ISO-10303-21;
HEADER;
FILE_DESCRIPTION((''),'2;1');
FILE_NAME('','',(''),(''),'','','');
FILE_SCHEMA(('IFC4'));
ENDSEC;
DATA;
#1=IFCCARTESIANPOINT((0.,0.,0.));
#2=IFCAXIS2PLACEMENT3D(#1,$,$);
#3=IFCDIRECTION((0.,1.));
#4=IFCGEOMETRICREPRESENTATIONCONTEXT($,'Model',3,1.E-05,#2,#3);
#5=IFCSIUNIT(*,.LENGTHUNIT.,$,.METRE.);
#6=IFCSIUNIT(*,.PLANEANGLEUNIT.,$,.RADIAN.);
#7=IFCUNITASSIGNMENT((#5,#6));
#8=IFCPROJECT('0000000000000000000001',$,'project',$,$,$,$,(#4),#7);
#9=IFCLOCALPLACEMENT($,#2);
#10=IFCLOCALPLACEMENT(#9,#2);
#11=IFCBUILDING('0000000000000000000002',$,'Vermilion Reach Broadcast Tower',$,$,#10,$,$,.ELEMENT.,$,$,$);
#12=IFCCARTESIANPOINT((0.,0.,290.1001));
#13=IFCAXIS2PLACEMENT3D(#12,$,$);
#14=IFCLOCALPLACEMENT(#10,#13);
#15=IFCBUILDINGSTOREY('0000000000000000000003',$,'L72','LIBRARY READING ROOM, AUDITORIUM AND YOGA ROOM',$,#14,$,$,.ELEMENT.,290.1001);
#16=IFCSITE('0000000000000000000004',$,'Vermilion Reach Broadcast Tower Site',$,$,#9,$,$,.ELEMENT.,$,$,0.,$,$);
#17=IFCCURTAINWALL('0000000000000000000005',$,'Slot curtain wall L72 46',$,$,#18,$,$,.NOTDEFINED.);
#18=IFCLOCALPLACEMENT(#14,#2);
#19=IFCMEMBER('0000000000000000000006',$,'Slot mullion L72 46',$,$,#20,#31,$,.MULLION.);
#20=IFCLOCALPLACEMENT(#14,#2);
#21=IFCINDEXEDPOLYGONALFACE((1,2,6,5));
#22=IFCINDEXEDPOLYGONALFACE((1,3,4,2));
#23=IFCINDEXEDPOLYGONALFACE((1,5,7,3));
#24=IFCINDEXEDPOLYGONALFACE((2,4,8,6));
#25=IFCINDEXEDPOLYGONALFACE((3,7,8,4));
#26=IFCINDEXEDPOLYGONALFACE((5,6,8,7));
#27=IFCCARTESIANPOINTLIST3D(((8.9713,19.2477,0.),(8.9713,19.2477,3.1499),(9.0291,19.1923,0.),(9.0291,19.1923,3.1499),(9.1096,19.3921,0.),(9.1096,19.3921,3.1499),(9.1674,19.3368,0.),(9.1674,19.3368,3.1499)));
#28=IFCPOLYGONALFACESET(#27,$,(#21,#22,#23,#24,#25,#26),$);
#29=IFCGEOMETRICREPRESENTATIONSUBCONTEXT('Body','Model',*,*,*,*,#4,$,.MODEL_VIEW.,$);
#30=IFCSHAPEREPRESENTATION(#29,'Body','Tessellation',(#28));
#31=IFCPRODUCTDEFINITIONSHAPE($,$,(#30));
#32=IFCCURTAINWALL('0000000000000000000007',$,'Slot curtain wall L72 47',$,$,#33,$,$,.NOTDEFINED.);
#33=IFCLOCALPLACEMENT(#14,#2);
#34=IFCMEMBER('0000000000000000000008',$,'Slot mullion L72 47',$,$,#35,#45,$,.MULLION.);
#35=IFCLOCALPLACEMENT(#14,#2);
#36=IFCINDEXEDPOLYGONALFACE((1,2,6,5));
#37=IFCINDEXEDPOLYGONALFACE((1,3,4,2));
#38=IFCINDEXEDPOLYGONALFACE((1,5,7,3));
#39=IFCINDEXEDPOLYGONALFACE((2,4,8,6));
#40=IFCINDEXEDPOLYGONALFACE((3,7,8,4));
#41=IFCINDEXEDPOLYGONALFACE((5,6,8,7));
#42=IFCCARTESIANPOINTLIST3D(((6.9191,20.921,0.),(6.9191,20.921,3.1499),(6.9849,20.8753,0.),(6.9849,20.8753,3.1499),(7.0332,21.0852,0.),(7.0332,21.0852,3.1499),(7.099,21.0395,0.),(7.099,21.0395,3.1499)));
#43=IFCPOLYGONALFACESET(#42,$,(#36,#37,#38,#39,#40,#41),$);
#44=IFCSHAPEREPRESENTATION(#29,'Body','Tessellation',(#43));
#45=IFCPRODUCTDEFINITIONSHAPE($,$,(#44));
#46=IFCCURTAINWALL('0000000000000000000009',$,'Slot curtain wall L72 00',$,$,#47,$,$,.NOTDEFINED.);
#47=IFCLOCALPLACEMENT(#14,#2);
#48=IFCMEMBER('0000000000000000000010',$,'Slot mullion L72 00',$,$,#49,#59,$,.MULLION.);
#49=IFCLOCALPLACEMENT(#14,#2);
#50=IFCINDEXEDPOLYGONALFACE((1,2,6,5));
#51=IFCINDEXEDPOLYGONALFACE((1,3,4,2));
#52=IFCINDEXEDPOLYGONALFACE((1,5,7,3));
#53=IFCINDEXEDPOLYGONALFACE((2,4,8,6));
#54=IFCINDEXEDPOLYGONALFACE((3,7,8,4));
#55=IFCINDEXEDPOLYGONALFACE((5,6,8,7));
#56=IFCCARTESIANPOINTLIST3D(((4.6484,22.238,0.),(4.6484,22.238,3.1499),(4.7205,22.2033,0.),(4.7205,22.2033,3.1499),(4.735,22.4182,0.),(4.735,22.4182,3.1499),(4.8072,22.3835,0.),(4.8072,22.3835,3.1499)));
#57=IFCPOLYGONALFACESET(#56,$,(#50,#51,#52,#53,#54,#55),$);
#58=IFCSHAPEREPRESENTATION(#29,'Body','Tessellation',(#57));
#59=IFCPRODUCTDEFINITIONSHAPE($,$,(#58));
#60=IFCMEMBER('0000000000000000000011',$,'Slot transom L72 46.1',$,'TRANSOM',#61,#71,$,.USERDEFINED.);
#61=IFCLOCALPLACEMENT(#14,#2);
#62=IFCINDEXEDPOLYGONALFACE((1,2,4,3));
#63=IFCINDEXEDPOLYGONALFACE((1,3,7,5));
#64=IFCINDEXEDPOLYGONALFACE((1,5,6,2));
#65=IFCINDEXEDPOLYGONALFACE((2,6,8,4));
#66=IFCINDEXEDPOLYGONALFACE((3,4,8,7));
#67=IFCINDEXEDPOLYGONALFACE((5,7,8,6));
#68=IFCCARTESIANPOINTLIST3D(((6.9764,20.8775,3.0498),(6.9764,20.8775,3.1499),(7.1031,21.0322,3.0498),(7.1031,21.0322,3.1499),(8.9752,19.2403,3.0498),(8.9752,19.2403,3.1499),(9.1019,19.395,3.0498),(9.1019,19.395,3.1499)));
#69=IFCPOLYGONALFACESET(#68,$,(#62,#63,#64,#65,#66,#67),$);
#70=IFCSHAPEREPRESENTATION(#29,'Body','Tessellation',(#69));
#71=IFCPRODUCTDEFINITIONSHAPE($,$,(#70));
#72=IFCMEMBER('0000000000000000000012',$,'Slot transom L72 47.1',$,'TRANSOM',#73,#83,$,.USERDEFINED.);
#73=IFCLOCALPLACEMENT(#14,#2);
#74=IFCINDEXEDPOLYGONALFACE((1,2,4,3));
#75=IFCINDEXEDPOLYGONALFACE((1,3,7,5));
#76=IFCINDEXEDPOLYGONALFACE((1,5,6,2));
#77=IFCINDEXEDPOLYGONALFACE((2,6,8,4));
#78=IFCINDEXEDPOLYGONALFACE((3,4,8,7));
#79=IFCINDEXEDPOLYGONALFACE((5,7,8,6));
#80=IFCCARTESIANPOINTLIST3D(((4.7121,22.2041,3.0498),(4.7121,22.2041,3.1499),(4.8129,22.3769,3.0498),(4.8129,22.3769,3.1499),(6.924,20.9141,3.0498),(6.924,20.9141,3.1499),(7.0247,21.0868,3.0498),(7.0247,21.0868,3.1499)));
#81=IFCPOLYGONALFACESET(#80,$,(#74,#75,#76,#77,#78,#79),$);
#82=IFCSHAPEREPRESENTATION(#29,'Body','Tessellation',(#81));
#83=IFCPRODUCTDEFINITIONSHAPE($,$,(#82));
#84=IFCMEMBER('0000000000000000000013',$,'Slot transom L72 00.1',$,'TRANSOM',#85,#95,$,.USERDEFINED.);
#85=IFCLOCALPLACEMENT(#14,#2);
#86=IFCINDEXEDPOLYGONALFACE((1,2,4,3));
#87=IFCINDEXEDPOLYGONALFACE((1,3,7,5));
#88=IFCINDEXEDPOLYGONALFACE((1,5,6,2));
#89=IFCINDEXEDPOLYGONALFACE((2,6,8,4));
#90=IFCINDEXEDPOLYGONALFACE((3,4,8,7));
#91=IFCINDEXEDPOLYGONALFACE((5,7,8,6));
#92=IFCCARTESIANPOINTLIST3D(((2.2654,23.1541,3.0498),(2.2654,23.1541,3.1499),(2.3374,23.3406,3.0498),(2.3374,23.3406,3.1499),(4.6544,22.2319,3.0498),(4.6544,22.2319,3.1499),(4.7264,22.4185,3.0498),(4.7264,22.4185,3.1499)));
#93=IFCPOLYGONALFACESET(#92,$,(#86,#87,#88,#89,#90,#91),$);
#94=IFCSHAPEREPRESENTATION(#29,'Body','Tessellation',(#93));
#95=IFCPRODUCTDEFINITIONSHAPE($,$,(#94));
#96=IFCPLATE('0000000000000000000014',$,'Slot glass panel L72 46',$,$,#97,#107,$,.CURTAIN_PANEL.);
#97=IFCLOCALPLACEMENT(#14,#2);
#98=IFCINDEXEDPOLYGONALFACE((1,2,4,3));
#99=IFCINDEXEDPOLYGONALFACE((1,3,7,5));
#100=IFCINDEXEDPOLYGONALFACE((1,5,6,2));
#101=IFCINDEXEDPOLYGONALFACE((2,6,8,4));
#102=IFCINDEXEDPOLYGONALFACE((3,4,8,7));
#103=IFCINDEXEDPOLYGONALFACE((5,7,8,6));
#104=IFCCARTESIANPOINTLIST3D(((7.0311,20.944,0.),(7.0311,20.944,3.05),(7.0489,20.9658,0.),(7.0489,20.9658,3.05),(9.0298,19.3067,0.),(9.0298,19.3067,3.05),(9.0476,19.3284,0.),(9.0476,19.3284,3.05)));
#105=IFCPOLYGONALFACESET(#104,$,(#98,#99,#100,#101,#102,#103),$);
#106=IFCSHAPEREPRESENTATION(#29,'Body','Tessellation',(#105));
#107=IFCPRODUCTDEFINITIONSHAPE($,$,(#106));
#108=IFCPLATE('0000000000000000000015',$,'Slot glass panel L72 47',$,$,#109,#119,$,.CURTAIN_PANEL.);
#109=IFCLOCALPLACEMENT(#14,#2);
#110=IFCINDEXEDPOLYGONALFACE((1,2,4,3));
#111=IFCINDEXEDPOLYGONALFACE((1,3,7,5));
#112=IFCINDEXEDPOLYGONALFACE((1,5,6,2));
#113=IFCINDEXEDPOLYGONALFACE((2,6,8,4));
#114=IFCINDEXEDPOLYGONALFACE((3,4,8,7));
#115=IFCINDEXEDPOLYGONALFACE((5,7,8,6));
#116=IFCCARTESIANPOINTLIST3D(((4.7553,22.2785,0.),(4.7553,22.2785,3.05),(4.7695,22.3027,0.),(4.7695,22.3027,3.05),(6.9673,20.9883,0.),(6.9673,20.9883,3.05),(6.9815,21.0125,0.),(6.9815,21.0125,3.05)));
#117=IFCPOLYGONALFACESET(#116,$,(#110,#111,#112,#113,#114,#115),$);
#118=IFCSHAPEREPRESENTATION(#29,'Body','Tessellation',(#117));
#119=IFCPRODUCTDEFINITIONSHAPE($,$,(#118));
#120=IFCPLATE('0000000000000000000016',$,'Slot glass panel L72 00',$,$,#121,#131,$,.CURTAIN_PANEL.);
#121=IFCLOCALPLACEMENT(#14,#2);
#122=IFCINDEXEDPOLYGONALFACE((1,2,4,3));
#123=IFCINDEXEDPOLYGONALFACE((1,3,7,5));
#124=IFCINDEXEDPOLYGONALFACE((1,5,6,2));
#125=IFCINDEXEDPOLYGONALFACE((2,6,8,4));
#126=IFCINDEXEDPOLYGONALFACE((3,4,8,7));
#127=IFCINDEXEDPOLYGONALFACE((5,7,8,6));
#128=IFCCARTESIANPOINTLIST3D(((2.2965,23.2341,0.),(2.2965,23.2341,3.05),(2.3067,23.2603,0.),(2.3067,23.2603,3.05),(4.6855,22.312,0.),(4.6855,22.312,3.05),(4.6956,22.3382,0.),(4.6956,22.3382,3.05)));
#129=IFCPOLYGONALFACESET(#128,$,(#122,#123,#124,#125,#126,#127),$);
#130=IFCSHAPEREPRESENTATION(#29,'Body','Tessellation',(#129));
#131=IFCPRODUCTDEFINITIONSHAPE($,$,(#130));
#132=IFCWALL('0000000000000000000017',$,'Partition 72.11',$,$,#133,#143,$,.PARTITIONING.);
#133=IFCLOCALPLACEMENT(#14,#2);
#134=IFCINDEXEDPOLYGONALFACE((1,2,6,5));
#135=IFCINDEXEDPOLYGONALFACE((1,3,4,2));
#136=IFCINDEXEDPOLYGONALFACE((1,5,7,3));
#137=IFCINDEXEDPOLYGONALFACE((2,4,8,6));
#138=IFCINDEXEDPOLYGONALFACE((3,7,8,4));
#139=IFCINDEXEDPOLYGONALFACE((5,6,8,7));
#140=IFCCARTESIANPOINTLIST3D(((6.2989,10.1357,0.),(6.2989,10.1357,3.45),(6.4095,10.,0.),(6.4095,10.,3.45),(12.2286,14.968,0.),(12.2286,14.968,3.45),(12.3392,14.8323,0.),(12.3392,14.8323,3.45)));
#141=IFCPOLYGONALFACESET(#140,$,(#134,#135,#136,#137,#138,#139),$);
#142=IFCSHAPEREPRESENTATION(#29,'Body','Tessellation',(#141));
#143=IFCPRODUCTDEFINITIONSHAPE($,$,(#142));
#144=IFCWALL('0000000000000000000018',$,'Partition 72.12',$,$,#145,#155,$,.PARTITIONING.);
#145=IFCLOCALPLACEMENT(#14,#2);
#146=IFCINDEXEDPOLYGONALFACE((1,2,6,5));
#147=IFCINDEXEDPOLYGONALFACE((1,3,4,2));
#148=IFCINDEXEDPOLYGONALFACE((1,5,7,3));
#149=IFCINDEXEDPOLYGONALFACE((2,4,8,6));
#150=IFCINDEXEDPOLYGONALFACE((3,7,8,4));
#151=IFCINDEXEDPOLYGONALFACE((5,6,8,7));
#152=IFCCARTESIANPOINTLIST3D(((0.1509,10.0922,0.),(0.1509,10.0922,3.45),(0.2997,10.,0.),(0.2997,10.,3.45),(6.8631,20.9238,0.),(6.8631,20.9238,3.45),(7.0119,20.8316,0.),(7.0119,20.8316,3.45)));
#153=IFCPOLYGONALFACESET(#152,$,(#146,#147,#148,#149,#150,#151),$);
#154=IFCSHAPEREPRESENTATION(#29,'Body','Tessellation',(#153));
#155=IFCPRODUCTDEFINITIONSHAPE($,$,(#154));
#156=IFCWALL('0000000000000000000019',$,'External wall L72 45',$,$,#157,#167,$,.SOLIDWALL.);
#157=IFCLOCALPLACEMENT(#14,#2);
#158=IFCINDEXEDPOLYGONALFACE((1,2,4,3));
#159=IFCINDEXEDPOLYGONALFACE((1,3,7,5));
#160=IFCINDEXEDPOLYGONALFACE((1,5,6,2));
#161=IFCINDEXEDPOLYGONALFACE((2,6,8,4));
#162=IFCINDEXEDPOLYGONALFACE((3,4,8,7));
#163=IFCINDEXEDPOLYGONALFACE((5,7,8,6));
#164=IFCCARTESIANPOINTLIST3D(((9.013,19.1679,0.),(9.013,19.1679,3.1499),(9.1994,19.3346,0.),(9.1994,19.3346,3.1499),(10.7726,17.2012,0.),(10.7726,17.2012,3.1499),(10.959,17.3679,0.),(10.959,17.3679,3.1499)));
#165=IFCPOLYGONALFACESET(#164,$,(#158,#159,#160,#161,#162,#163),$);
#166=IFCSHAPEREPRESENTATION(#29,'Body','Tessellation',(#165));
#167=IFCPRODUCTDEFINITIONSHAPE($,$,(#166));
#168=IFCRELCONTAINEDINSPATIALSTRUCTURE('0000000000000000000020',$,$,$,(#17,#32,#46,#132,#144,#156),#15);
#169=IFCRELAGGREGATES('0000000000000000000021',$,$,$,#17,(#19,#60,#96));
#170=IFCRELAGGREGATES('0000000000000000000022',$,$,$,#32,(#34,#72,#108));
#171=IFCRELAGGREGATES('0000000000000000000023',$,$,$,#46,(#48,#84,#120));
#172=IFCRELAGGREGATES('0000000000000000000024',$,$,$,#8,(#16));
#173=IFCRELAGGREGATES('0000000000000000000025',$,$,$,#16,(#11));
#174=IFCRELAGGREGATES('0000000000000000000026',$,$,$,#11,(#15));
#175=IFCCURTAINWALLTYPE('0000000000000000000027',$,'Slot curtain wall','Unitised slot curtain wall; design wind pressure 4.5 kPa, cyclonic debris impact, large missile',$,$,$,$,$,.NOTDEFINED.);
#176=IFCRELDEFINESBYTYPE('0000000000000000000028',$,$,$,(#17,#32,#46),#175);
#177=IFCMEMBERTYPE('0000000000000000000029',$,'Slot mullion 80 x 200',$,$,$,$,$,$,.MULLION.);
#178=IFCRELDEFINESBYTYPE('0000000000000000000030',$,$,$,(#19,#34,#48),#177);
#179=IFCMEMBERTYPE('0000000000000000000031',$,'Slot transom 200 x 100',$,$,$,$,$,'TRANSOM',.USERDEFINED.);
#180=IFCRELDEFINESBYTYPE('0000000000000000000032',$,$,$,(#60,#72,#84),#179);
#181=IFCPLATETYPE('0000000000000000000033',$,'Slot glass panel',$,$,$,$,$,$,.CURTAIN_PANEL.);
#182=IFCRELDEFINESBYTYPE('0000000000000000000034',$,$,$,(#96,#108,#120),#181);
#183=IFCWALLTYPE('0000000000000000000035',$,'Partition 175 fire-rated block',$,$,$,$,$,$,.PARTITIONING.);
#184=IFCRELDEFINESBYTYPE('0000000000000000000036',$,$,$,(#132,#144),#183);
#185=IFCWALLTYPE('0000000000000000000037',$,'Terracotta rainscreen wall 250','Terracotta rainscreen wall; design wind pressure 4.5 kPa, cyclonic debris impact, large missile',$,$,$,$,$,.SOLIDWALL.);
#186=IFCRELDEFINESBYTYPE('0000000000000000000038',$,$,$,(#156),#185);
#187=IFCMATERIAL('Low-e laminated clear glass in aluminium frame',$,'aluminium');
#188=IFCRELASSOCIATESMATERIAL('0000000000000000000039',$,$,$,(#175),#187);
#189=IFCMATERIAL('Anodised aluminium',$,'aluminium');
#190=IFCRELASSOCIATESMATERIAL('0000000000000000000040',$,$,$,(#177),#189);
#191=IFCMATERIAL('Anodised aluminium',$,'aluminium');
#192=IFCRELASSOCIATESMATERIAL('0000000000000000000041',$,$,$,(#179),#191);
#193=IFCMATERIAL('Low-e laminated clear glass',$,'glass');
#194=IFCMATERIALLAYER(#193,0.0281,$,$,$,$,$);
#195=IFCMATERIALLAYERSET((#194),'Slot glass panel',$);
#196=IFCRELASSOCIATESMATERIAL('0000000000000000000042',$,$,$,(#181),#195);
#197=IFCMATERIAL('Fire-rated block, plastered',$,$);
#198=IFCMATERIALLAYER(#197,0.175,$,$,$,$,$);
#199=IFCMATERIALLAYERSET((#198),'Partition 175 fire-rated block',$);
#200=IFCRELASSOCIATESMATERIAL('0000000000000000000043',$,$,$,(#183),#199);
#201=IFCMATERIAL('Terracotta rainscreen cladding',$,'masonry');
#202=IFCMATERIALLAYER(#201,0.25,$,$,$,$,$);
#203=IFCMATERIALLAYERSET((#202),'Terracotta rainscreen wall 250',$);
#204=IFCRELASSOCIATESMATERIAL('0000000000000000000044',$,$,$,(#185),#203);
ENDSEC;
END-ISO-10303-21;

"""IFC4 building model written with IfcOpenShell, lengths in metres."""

from ifc_helpers import new_model, si_unit, direction, frame, frame_2d, origin, origin_2d, place, context, subcontext, project, spatial, rectangle, extrude, material, layer, layer_set, material_profile, profile_set, type_object, element, aggregate, save


model = new_model("IFC4")

# Units and contexts
model_context = context("Model", 3, precision=1e-05, world=origin(), true_north=direction((0.0, 1.0)))
body_context = subcontext(model_context, "Body", "Model", "MODEL_VIEW")
ifc_project = project(units=[si_unit("LENGTHUNIT", "METRE"), si_unit("PLANEANGLEUNIT", "RADIAN")], contexts=[model_context])

# Site, building, storey
site_placement = place(None, origin())
site = spatial("IfcSite", under=ifc_project, at=site_placement, Name="Vermilion Reach Broadcast Tower Site", CompositionType="ELEMENT", RefElevation=0.0)
building_placement = place(site_placement, origin())
building = spatial("IfcBuilding", under=site, at=building_placement, Name="Vermilion Reach Broadcast Tower", CompositionType="ELEMENT")
storey_placement = place(building_placement, frame((0.0, 0.0, 290.1001)))
storey = spatial("IfcBuildingStorey", under=building, at=storey_placement, Name="L72", Description="LIBRARY READING ROOM, AUDITORIUM AND YOGA ROOM", CompositionType="ELEMENT", Elevation=290.1001)

# Curtain walls, members
ifc_material_1 = material(Name="Low-e laminated clear glass in aluminium frame", Category="aluminium")
curtain_wall_type = type_object("IfcCurtainWallType", Name="Slot curtain wall", Description="Unitised slot curtain wall; design wind pressure 4.5 kPa, cyclonic debris impact, large missile", PredefinedType="NOTDEFINED", material=ifc_material_1)
placement = place(storey_placement, origin())
curtain_wall_1 = element("IfcCurtainWall", 1, at=placement, inside=storey, type_object=curtain_wall_type, Name="Slot curtain wall L72 46", PredefinedType="NOTDEFINED")
ifc_material_2 = material(Name="Anodised aluminium", Category="aluminium")
ifc_material_profile_1 = material_profile(ifc_material_2, rectangle(XDim=0.2, YDim=0.0801, at=origin_2d()), Name="Slot mullion 80 x 200")
ifc_profile_set_1 = profile_set([ifc_material_profile_1], Name="Anodised aluminium")
member_type_1 = type_object("IfcMemberType", Name="Slot mullion 80 x 200", PredefinedType="MULLION", material=ifc_profile_set_1)
member_1_placement = place(storey_placement, frame((9.0693, 19.2922, 0.0), z_axis=(0.0, 0.0, 1.0), x_axis=(-0.691557, -0.722322, 0.0)))
member_1 = element("IfcMember", 2, at=member_1_placement, type_object=member_type_1, Name="Slot mullion L72 46", PredefinedType="MULLION", context=body_context, shape_type="SweptSolid", body=[
    extrude(rectangle(XDim=0.2, YDim=0.0801, at=origin_2d()), origin(), (0.0, 0.0, 1.0), 3.1499),
])
curtain_wall_2 = element("IfcCurtainWall", 3, at=placement, inside=storey, type_object=curtain_wall_type, Name="Slot curtain wall L72 47", PredefinedType="NOTDEFINED")
member_2_placement = place(storey_placement, frame((7.009, 20.9802, 0.0), z_axis=(0.0, 0.0, 1.0), x_axis=(-0.570555, -0.82126, 0.0)))
member_2 = element("IfcMember", 4, at=member_2_placement, type_object=member_type_1, Name="Slot mullion L72 47", PredefinedType="MULLION", context=body_context, shape_type="SweptSolid", body=[
    extrude(rectangle(XDim=0.2, YDim=0.0801, at=origin_2d()), origin(), (0.0, 0.0, 1.0), 3.1499),
])
curtain_wall_3 = element("IfcCurtainWall", 5, at=placement, inside=storey, type_object=curtain_wall_type, Name="Slot curtain wall L72 00", PredefinedType="NOTDEFINED")
member_3_placement = place(storey_placement, frame((4.7278, 22.3108, 0.0), z_axis=(0.0, 0.0, 1.0), x_axis=(-0.433345, -0.901228, 0.0)))
member_3 = element("IfcMember", 6, at=member_3_placement, type_object=member_type_1, Name="Slot mullion L72 00", PredefinedType="MULLION", context=body_context, shape_type="SweptSolid", body=[
    extrude(rectangle(XDim=0.2, YDim=0.0801, at=origin_2d()), origin(), (0.0, 0.0, 1.0), 3.1499),
])

# Members
ifc_material_3 = material(Name="Anodised aluminium", Category="aluminium")
ifc_material_profile_2 = material_profile(ifc_material_3, rectangle(XDim=0.2, YDim=0.1001, at=origin_2d()), Name="Slot transom 200 x 100")
ifc_profile_set_2 = profile_set([ifc_material_profile_2], Name="Anodised aluminium")
member_type_2 = type_object("IfcMemberType", Name="Slot transom 200 x 100", ElementType="TRANSOM", PredefinedType="USERDEFINED", material=ifc_profile_set_2)
member_4_placement = place(storey_placement, frame((9.0386, 19.3176, 3.0999), z_axis=(-0.773608, 0.633665, 0.0), x_axis=(-0.633665, -0.773608, 0.0)))
member_4 = element("IfcMember", 7, at=member_4_placement, type_object=member_type_2, Name="Slot transom L72 46.1", ObjectType="TRANSOM", PredefinedType="USERDEFINED", context=body_context, shape_type="SweptSolid", body=[
    extrude(rectangle(XDim=0.2, YDim=0.1001, at=origin_2d()), origin(), (0.0, 0.0, 1.0), 2.5837),
])
member_5_placement = place(storey_placement, frame((6.9744, 21.0005, 3.0999), z_axis=(-0.86382, 0.5038, 0.0), x_axis=(-0.5038, -0.86382, 0.0)))
member_5 = element("IfcMember", 8, at=member_5_placement, type_object=member_type_2, Name="Slot transom L72 47.1", ObjectType="TRANSOM", PredefinedType="USERDEFINED", context=body_context, shape_type="SweptSolid", body=[
    extrude(rectangle(XDim=0.2, YDim=0.1001, at=origin_2d()), origin(), (0.0, 0.0, 1.0), 2.5605),
])
member_6_placement = place(storey_placement, frame((4.6904, 22.3252, 3.0999), z_axis=(-0.932912, 0.360103, 0.0), x_axis=(-0.360103, -0.932912, 0.0)))
member_6 = element("IfcMember", 9, at=member_6_placement, type_object=member_type_2, Name="Slot transom L72 00.1", ObjectType="TRANSOM", PredefinedType="USERDEFINED", context=body_context, shape_type="SweptSolid", body=[
    extrude(rectangle(XDim=0.2, YDim=0.1001, at=origin_2d()), origin(), (0.0, 0.0, 1.0), 2.5608),
])

# Plates
ifc_material_4 = material(Name="Low-e laminated clear glass", Category="glass")
ifc_layer_1 = layer(ifc_material_4, 0.0281)
ifc_layer_set_1 = layer_set([ifc_layer_1], Name="Slot glass panel")
plate_type = type_object("IfcPlateType", Name="Slot glass panel", PredefinedType="CURTAIN_PANEL", material=ifc_layer_set_1)
plate_1_placement = place(storey_placement, frame((8.0393, 20.1362, 0.0), z_axis=(0.0, 0.0, 1.0), x_axis=(-0.773568, 0.633713, 0.0)))
plate_1 = element("IfcPlate", 10, at=plate_1_placement, type_object=plate_type, Name="Slot glass panel L72 46", PredefinedType="CURTAIN_PANEL", context=body_context, shape_type="SweptSolid", body=[
    extrude(rectangle(XDim=2.5837, YDim=0.0281, at=origin_2d()), origin(), (0.0, 0.0, 1.0), 3.05),
])
aggregate(curtain_wall_1, [member_1, member_4, plate_1])
plate_2_placement = place(storey_placement, frame((5.8684, 21.6455, 0.0), z_axis=(0.0, 0.0, 1.0), x_axis=(-0.863807, 0.503823, 0.0)))
plate_2 = element("IfcPlate", 11, at=plate_2_placement, type_object=plate_type, Name="Slot glass panel L72 47", PredefinedType="CURTAIN_PANEL", context=body_context, shape_type="SweptSolid", body=[
    extrude(rectangle(XDim=2.5608, YDim=0.0281, at=origin_2d()), origin(), (0.0, 0.0, 1.0), 3.05),
])
aggregate(curtain_wall_2, [member_2, member_5, plate_2])
plate_3_placement = place(storey_placement, frame((3.4961, 22.7861, 0.0), z_axis=(0.0, 0.0, 1.0), x_axis=(-0.932911, 0.360107, 0.0)))
plate_3 = element("IfcPlate", 12, at=plate_3_placement, type_object=plate_type, Name="Slot glass panel L72 00", PredefinedType="CURTAIN_PANEL", context=body_context, shape_type="SweptSolid", body=[
    extrude(rectangle(XDim=2.5608, YDim=0.0281, at=origin_2d()), origin(), (0.0, 0.0, 1.0), 3.05),
])
aggregate(curtain_wall_3, [member_3, member_6, plate_3])

# Walls
ifc_material_5 = material(Name="Fire-rated block, plastered")
ifc_layer_2 = layer(ifc_material_5, 0.175)
ifc_layer_set_2 = layer_set([ifc_layer_2], Name="Partition 175 fire-rated block")
wall_type_1 = type_object("IfcWallType", Name="Partition 175 fire-rated block", PredefinedType="PARTITIONING", material=ifc_layer_set_2)
wall_1_placement = place(storey_placement, frame((12.2839, 14.9001, 0.0), z_axis=(0.0, 0.0, 1.0), x_axis=(-0.775192, -0.631726, 0.0)))
element("IfcWall", 13, at=wall_1_placement, inside=storey, type_object=wall_type_1, Name="Partition 72.11", PredefinedType="PARTITIONING", context=body_context, shape_type="SweptSolid", body=[
    extrude(rectangle(XDim=7.6494, YDim=0.175, at=frame_2d((3.8247, 0.0))), origin(), (0.0, 0.0, 1.0), 3.45),
])
wall_2_placement = place(storey_placement, frame((6.9375, 20.8777, 0.0), z_axis=(0.0, 0.0, 1.0), x_axis=(-0.526747, -0.850022, 0.0)))
element("IfcWall", 14, at=wall_2_placement, inside=storey, type_object=wall_type_1, Name="Partition 72.12", PredefinedType="PARTITIONING", context=body_context, shape_type="SweptSolid", body=[
    extrude(rectangle(XDim=12.7427, YDim=0.175, at=frame_2d((6.3713, 0.0))), origin(), (0.0, 0.0, 1.0), 3.45),
])

# Shared definitions
ifc_material_6 = material(Name="Terracotta rainscreen cladding", Category="masonry")
ifc_layer_3 = layer(ifc_material_6, 0.25)
ifc_layer_set_3 = layer_set([ifc_layer_3], Name="Terracotta rainscreen wall 250")
wall_type_2 = type_object("IfcWallType", Name="Terracotta rainscreen wall 250", Description="Terracotta rainscreen wall; design wind pressure 4.5 kPa, cyclonic debris impact, large missile", PredefinedType="SOLIDWALL", material=ifc_layer_set_3)

# Wall
wall_3_placement = place(storey_placement, frame((10.8657, 17.2847, 0.0), z_axis=(0.0, 0.0, 1.0), x_axis=(-0.666789, 0.745246, 0.0)))
element("IfcWall", 15, at=wall_3_placement, inside=storey, type_object=wall_type_2, Name="External wall L72 45", PredefinedType="SOLIDWALL", context=body_context, shape_type="SweptSolid", body=[
    extrude(rectangle(XDim=2.6389, YDim=0.25, at=frame_2d((1.3193, 0.0))), origin(), (0.0, 0.0, 1.0), 3.1499),
])

save(model, "model.ifc")
